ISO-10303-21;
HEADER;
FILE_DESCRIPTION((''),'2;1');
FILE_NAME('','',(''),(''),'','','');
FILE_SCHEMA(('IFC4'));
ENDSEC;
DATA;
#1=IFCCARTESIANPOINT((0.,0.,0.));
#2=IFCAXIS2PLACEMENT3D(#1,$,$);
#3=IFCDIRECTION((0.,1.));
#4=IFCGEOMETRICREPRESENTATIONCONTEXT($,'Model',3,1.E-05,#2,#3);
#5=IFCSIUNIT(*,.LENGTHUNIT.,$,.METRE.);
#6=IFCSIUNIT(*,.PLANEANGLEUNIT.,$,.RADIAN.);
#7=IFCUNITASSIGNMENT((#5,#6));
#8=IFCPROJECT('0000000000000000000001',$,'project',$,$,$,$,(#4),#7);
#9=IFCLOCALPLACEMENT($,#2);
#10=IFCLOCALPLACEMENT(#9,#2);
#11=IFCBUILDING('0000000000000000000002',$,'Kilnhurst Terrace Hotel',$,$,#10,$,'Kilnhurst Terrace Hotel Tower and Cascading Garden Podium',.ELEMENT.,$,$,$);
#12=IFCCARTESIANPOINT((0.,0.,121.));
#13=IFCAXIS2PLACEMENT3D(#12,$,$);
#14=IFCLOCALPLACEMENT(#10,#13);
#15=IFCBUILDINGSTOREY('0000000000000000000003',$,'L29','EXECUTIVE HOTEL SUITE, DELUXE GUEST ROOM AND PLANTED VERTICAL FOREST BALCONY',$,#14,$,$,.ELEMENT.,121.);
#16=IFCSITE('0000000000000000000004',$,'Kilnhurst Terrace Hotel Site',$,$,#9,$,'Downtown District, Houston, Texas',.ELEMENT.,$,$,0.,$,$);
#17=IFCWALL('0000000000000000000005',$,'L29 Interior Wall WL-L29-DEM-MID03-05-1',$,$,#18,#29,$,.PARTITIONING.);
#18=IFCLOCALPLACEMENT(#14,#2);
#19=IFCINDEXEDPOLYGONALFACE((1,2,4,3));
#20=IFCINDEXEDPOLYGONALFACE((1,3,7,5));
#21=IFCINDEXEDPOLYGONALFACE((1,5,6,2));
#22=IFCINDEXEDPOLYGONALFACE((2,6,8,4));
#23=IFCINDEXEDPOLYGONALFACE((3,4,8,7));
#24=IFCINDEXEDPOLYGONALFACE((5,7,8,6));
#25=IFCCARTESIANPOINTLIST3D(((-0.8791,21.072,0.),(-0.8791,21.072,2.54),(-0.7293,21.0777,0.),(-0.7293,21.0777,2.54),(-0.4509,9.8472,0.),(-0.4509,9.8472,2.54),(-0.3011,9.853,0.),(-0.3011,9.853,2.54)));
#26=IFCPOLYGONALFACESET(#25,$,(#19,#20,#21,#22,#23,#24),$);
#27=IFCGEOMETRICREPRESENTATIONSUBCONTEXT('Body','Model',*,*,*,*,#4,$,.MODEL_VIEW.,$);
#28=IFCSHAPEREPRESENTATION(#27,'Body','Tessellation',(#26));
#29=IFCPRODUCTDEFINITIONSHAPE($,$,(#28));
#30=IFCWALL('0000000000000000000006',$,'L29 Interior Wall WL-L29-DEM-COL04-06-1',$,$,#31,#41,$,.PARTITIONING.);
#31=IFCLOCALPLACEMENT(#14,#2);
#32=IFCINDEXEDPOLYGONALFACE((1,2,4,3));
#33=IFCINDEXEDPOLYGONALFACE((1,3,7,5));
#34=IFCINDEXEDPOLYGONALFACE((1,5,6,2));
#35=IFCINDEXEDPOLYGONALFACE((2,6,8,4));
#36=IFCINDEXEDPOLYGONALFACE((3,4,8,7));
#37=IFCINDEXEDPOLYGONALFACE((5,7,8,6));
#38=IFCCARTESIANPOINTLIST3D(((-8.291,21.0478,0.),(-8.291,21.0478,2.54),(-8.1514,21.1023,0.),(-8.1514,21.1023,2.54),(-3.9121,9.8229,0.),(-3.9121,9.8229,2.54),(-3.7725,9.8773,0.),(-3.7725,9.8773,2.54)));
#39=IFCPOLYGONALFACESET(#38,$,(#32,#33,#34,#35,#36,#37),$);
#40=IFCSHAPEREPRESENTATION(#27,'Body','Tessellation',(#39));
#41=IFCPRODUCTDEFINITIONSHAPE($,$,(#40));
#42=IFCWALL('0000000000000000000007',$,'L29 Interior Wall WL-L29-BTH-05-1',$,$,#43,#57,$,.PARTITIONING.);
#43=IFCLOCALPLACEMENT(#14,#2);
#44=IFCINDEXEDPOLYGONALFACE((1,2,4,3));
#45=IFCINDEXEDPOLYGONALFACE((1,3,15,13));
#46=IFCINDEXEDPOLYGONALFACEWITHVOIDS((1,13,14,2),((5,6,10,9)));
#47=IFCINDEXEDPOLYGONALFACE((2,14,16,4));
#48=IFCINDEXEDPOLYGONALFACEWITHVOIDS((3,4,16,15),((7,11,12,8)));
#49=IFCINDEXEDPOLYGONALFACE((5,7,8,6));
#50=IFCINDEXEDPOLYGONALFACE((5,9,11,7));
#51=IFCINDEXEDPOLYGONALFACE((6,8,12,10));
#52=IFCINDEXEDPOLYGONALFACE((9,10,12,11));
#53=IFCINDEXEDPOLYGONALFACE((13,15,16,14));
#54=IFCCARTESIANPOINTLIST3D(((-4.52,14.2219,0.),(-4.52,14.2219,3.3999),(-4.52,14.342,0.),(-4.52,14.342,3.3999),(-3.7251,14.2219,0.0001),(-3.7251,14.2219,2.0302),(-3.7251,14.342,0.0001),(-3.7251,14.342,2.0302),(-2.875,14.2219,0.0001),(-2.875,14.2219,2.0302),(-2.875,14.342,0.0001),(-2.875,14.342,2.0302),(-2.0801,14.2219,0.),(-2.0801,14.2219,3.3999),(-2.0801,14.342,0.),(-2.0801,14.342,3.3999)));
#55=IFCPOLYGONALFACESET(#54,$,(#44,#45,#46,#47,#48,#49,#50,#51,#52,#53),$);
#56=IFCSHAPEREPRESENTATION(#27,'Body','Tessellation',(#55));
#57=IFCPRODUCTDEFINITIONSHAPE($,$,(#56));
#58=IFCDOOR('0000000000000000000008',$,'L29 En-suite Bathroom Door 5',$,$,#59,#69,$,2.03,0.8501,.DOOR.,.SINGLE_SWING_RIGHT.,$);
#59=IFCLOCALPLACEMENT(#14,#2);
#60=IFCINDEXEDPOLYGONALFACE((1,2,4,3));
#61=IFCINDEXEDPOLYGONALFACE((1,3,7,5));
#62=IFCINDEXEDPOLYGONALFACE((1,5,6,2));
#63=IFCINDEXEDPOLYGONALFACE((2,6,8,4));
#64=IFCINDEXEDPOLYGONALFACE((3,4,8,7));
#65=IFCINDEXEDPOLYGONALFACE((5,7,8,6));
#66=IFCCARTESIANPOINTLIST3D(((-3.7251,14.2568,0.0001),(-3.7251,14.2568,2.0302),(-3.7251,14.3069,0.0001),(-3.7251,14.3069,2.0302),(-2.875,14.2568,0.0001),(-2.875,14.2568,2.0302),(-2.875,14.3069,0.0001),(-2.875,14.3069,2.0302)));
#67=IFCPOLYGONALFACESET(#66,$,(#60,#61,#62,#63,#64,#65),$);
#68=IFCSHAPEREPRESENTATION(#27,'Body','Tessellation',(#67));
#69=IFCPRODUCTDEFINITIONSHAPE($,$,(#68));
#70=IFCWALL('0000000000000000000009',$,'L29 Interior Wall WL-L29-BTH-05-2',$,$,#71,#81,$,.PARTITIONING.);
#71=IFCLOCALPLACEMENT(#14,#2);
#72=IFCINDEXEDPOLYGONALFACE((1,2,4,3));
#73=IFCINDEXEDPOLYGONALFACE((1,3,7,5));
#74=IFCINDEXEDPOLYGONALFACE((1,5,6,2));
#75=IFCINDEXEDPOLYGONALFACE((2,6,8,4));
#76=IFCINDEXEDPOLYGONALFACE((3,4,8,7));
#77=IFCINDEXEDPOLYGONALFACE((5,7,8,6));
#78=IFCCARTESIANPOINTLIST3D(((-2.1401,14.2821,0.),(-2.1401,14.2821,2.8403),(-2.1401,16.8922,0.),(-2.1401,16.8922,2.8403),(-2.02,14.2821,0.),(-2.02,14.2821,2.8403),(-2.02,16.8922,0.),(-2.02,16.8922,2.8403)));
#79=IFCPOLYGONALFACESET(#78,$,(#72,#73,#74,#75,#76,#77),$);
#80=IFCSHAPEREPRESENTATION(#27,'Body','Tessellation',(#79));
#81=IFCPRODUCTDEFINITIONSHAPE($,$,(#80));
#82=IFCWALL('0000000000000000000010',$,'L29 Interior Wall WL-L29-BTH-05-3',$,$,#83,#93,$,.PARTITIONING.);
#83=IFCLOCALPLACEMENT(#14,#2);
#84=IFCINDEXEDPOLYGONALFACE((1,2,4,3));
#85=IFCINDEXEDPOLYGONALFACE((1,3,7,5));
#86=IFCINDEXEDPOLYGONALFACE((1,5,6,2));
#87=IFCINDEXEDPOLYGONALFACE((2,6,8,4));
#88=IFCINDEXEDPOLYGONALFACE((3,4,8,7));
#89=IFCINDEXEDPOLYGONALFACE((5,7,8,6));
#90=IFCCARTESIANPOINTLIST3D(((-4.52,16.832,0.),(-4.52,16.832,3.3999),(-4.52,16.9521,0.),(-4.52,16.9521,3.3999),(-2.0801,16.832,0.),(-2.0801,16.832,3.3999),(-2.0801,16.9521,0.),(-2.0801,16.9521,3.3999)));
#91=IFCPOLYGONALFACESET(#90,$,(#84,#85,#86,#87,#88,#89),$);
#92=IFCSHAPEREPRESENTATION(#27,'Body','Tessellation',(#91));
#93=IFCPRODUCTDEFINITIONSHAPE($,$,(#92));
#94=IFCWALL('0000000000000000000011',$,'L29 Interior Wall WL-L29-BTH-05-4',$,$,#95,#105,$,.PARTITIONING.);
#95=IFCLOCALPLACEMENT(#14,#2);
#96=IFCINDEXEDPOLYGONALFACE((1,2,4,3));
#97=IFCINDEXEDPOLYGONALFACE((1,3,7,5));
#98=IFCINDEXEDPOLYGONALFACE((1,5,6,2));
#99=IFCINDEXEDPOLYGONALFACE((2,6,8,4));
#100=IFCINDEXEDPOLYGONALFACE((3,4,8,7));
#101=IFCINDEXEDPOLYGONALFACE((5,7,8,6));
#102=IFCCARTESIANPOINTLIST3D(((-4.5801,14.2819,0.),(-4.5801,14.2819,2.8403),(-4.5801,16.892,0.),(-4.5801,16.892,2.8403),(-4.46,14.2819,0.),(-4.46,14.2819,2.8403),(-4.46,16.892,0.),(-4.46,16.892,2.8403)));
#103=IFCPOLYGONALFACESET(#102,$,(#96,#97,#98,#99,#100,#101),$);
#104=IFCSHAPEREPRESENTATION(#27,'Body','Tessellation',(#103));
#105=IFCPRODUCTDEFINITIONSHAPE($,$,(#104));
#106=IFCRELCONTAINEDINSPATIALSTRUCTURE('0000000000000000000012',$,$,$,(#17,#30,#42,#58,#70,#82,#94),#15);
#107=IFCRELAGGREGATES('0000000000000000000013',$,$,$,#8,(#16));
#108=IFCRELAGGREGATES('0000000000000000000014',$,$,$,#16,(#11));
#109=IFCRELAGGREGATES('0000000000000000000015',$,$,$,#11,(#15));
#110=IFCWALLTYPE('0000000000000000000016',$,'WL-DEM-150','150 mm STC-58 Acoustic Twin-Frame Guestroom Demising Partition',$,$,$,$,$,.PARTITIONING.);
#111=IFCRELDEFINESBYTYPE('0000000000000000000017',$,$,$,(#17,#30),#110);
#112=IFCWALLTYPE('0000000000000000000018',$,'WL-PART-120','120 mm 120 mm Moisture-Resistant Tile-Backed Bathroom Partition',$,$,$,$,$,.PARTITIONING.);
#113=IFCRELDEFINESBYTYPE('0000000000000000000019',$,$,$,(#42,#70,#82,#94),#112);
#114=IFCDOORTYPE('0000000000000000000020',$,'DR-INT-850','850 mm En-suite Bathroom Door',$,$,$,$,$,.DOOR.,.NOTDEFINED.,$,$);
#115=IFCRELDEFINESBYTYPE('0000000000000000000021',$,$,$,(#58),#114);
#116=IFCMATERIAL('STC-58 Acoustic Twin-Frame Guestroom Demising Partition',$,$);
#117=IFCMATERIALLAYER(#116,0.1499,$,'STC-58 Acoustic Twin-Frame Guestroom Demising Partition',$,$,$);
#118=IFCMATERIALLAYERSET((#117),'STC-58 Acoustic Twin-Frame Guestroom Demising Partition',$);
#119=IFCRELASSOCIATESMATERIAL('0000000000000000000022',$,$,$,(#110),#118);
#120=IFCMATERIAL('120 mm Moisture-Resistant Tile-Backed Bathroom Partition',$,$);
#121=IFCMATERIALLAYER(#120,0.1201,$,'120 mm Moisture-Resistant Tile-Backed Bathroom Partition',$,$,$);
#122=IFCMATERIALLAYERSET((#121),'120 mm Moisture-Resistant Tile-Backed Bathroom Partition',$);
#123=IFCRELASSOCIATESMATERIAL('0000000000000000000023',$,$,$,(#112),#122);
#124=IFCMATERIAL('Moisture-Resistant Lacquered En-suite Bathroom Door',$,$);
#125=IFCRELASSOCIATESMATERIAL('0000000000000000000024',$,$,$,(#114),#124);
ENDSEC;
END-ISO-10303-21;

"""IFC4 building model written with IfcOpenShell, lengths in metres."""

from ifc_helpers import new_model, si_unit, direction, frame, frame_2d, origin, place, context, subcontext, project, spatial, rectangle, extrude, material, layer, layer_set, type_object, element, fill, save


model = new_model("IFC4")

# Units and contexts
model_context = context("Model", 3, precision=1e-05, world=origin(), true_north=direction((0.0, 1.0)))
body_context = subcontext(model_context, "Body", "Model", "MODEL_VIEW")
ifc_project = project(units=[si_unit("LENGTHUNIT", "METRE"), si_unit("PLANEANGLEUNIT", "RADIAN")], contexts=[model_context])

# Site, building, storey
site_placement = place(None, origin())
site = spatial("IfcSite", under=ifc_project, at=site_placement, Name="Kilnhurst Terrace Hotel Site", LongName="Downtown District, Houston, Texas", CompositionType="ELEMENT", RefElevation=0.0)
building_placement = place(site_placement, origin())
building = spatial("IfcBuilding", under=site, at=building_placement, Name="Kilnhurst Terrace Hotel", LongName="Kilnhurst Terrace Hotel Tower and Cascading Garden Podium", CompositionType="ELEMENT")
storey_placement = place(building_placement, frame((0.0, 0.0, 121.0)))
storey = spatial("IfcBuildingStorey", under=building, at=storey_placement, Name="L29", Description="EXECUTIVE HOTEL SUITE, DELUXE GUEST ROOM AND PLANTED VERTICAL FOREST BALCONY", CompositionType="ELEMENT", Elevation=121.0)

# Walls
ifc_material_1 = material(Name="STC-58 Acoustic Twin-Frame Guestroom Demising Partition")
ifc_layer_1 = layer(ifc_material_1, 0.1499, Name="STC-58 Acoustic Twin-Frame Guestroom Demising Partition")
ifc_layer_set_1 = layer_set([ifc_layer_1], Name="STC-58 Acoustic Twin-Frame Guestroom Demising Partition")
wall_type_1 = type_object("IfcWallType", Name="WL-DEM-150", Description="150 mm STC-58 Acoustic Twin-Frame Guestroom Demising Partition", PredefinedType="PARTITIONING", material=ifc_layer_set_1)
wall_1_placement = place(storey_placement, frame((-0.376, 9.8501, 0.0), z_axis=(0.0, 0.0, 1.0), x_axis=(-0.038122, 0.999273, 0.0)))
element("IfcWall", 1, at=wall_1_placement, inside=storey, type_object=wall_type_1, Name="L29 Interior Wall WL-L29-DEM-MID03-05-1", PredefinedType="PARTITIONING", context=body_context, shape_type="SweptSolid", body=[
    extrude(rectangle(XDim=11.2329, YDim=0.1499, at=frame_2d((5.6165, 0.0))), origin(), (0.0, 0.0, 1.0), 2.54),
])
wall_2_placement = place(storey_placement, frame((-3.8423, 9.8501, 0.0), z_axis=(0.0, 0.0, 1.0), x_axis=(-0.363433, 0.93162, 0.0)))
element("IfcWall", 2, at=wall_2_placement, inside=storey, type_object=wall_type_1, Name="L29 Interior Wall WL-L29-DEM-COL04-06-1", PredefinedType="PARTITIONING", context=body_context, shape_type="SweptSolid", body=[
    extrude(rectangle(XDim=12.0488, YDim=0.1499, at=frame_2d((6.0244, 0.0))), origin(), (0.0, 0.0, 1.0), 2.54),
])

# Wall, opening, door
ifc_material_2 = material(Name="120 mm Moisture-Resistant Tile-Backed Bathroom Partition")
ifc_layer_2 = layer(ifc_material_2, 0.1201, Name="120 mm Moisture-Resistant Tile-Backed Bathroom Partition")
ifc_layer_set_2 = layer_set([ifc_layer_2], Name="120 mm Moisture-Resistant Tile-Backed Bathroom Partition")
wall_type_2 = type_object("IfcWallType", Name="WL-PART-120", Description="120 mm 120 mm Moisture-Resistant Tile-Backed Bathroom Partition", PredefinedType="PARTITIONING", material=ifc_layer_set_2)
wall_3_placement = place(storey_placement, frame((-4.52, 14.282, 0.0), z_axis=(0.0, 0.0, 1.0), x_axis=(1.0, 0.0, 0.0)))
wall_3 = element("IfcWall", 3, at=wall_3_placement, inside=storey, type_object=wall_type_2, Name="L29 Interior Wall WL-L29-BTH-05-1", PredefinedType="PARTITIONING", context=body_context, shape_type="SweptSolid", body=[
    extrude(rectangle(XDim=2.4399, YDim=0.1201, at=frame_2d((1.22, 0.0))), origin(), (0.0, 0.0, 1.0), 3.3999),
])
opening_placement = place(wall_3_placement, frame((0.7949, 0.0, 0.0)))
opening = element("IfcOpeningElement", 4, at=opening_placement, cuts=wall_3, PredefinedType="OPENING", context=body_context, shape_type="SweptSolid", body=[
    extrude(rectangle(XDim=0.8501, YDim=2.03, at=frame_2d((0.425, 1.0151))), frame((0.0, 0.0701, 0.0), z_axis=(0.0, -1.0, 0.0), x_axis=(1.0, 0.0, 0.0)), (0.0, 0.0, 1.0), 0.1401),
])
ifc_material_3 = material(Name="Moisture-Resistant Lacquered En-suite Bathroom Door")
door_type = type_object("IfcDoorType", Name="DR-INT-850", Description="850 mm En-suite Bathroom Door", OperationType="NOTDEFINED", PredefinedType="DOOR", material=ifc_material_3)
door_placement = place(opening_placement, origin())
door = element("IfcDoor", 5, at=door_placement, inside=storey, type_object=door_type, Name="L29 En-suite Bathroom Door 5", OperationType="SINGLE_SWING_RIGHT", OverallHeight=2.03, OverallWidth=0.8501, PredefinedType="DOOR", context=body_context, shape_type="SweptSolid", body=[
    extrude(rectangle(XDim=0.8501, YDim=2.03, at=frame_2d((0.425, 1.0151))), frame((0.0, 0.0249, 0.0), z_axis=(0.0, -1.0, 0.0), x_axis=(1.0, 0.0, 0.0)), (0.0, 0.0, 1.0), 0.05),
])
fill(opening, door)

# Walls
wall_4_placement = place(storey_placement, frame((-2.0801, 14.282, 0.0), z_axis=(0.0, 0.0, 1.0), x_axis=(0.0, 1.0, 0.0)))
element("IfcWall", 6, at=wall_4_placement, inside=storey, type_object=wall_type_2, Name="L29 Interior Wall WL-L29-BTH-05-2", PredefinedType="PARTITIONING", context=body_context, shape_type="SweptSolid", body=[
    extrude(rectangle(XDim=2.6101, YDim=0.1201, at=frame_2d((1.3052, 0.0))), origin(), (0.0, 0.0, 1.0), 2.8403),
])
wall_5_placement = place(storey_placement, frame((-2.0801, 16.8921, 0.0), z_axis=(0.0, 0.0, 1.0), x_axis=(-1.0, 0.0, 0.0)))
element("IfcWall", 7, at=wall_5_placement, inside=storey, type_object=wall_type_2, Name="L29 Interior Wall WL-L29-BTH-05-3", PredefinedType="PARTITIONING", context=body_context, shape_type="SweptSolid", body=[
    extrude(rectangle(XDim=2.4399, YDim=0.1201, at=frame_2d((1.22, 0.0))), origin(), (0.0, 0.0, 1.0), 3.3999),
])
wall_6_placement = place(storey_placement, frame((-4.52, 16.8921, 0.0), z_axis=(0.0, 0.0, 1.0), x_axis=(0.0, -1.0, 0.0)))
element("IfcWall", 8, at=wall_6_placement, inside=storey, type_object=wall_type_2, Name="L29 Interior Wall WL-L29-BTH-05-4", PredefinedType="PARTITIONING", context=body_context, shape_type="SweptSolid", body=[
    extrude(rectangle(XDim=2.6101, YDim=0.1201, at=frame_2d((1.3052, 0.0))), origin(), (0.0, 0.0, 1.0), 2.8403),
])

save(model, "model.ifc")
